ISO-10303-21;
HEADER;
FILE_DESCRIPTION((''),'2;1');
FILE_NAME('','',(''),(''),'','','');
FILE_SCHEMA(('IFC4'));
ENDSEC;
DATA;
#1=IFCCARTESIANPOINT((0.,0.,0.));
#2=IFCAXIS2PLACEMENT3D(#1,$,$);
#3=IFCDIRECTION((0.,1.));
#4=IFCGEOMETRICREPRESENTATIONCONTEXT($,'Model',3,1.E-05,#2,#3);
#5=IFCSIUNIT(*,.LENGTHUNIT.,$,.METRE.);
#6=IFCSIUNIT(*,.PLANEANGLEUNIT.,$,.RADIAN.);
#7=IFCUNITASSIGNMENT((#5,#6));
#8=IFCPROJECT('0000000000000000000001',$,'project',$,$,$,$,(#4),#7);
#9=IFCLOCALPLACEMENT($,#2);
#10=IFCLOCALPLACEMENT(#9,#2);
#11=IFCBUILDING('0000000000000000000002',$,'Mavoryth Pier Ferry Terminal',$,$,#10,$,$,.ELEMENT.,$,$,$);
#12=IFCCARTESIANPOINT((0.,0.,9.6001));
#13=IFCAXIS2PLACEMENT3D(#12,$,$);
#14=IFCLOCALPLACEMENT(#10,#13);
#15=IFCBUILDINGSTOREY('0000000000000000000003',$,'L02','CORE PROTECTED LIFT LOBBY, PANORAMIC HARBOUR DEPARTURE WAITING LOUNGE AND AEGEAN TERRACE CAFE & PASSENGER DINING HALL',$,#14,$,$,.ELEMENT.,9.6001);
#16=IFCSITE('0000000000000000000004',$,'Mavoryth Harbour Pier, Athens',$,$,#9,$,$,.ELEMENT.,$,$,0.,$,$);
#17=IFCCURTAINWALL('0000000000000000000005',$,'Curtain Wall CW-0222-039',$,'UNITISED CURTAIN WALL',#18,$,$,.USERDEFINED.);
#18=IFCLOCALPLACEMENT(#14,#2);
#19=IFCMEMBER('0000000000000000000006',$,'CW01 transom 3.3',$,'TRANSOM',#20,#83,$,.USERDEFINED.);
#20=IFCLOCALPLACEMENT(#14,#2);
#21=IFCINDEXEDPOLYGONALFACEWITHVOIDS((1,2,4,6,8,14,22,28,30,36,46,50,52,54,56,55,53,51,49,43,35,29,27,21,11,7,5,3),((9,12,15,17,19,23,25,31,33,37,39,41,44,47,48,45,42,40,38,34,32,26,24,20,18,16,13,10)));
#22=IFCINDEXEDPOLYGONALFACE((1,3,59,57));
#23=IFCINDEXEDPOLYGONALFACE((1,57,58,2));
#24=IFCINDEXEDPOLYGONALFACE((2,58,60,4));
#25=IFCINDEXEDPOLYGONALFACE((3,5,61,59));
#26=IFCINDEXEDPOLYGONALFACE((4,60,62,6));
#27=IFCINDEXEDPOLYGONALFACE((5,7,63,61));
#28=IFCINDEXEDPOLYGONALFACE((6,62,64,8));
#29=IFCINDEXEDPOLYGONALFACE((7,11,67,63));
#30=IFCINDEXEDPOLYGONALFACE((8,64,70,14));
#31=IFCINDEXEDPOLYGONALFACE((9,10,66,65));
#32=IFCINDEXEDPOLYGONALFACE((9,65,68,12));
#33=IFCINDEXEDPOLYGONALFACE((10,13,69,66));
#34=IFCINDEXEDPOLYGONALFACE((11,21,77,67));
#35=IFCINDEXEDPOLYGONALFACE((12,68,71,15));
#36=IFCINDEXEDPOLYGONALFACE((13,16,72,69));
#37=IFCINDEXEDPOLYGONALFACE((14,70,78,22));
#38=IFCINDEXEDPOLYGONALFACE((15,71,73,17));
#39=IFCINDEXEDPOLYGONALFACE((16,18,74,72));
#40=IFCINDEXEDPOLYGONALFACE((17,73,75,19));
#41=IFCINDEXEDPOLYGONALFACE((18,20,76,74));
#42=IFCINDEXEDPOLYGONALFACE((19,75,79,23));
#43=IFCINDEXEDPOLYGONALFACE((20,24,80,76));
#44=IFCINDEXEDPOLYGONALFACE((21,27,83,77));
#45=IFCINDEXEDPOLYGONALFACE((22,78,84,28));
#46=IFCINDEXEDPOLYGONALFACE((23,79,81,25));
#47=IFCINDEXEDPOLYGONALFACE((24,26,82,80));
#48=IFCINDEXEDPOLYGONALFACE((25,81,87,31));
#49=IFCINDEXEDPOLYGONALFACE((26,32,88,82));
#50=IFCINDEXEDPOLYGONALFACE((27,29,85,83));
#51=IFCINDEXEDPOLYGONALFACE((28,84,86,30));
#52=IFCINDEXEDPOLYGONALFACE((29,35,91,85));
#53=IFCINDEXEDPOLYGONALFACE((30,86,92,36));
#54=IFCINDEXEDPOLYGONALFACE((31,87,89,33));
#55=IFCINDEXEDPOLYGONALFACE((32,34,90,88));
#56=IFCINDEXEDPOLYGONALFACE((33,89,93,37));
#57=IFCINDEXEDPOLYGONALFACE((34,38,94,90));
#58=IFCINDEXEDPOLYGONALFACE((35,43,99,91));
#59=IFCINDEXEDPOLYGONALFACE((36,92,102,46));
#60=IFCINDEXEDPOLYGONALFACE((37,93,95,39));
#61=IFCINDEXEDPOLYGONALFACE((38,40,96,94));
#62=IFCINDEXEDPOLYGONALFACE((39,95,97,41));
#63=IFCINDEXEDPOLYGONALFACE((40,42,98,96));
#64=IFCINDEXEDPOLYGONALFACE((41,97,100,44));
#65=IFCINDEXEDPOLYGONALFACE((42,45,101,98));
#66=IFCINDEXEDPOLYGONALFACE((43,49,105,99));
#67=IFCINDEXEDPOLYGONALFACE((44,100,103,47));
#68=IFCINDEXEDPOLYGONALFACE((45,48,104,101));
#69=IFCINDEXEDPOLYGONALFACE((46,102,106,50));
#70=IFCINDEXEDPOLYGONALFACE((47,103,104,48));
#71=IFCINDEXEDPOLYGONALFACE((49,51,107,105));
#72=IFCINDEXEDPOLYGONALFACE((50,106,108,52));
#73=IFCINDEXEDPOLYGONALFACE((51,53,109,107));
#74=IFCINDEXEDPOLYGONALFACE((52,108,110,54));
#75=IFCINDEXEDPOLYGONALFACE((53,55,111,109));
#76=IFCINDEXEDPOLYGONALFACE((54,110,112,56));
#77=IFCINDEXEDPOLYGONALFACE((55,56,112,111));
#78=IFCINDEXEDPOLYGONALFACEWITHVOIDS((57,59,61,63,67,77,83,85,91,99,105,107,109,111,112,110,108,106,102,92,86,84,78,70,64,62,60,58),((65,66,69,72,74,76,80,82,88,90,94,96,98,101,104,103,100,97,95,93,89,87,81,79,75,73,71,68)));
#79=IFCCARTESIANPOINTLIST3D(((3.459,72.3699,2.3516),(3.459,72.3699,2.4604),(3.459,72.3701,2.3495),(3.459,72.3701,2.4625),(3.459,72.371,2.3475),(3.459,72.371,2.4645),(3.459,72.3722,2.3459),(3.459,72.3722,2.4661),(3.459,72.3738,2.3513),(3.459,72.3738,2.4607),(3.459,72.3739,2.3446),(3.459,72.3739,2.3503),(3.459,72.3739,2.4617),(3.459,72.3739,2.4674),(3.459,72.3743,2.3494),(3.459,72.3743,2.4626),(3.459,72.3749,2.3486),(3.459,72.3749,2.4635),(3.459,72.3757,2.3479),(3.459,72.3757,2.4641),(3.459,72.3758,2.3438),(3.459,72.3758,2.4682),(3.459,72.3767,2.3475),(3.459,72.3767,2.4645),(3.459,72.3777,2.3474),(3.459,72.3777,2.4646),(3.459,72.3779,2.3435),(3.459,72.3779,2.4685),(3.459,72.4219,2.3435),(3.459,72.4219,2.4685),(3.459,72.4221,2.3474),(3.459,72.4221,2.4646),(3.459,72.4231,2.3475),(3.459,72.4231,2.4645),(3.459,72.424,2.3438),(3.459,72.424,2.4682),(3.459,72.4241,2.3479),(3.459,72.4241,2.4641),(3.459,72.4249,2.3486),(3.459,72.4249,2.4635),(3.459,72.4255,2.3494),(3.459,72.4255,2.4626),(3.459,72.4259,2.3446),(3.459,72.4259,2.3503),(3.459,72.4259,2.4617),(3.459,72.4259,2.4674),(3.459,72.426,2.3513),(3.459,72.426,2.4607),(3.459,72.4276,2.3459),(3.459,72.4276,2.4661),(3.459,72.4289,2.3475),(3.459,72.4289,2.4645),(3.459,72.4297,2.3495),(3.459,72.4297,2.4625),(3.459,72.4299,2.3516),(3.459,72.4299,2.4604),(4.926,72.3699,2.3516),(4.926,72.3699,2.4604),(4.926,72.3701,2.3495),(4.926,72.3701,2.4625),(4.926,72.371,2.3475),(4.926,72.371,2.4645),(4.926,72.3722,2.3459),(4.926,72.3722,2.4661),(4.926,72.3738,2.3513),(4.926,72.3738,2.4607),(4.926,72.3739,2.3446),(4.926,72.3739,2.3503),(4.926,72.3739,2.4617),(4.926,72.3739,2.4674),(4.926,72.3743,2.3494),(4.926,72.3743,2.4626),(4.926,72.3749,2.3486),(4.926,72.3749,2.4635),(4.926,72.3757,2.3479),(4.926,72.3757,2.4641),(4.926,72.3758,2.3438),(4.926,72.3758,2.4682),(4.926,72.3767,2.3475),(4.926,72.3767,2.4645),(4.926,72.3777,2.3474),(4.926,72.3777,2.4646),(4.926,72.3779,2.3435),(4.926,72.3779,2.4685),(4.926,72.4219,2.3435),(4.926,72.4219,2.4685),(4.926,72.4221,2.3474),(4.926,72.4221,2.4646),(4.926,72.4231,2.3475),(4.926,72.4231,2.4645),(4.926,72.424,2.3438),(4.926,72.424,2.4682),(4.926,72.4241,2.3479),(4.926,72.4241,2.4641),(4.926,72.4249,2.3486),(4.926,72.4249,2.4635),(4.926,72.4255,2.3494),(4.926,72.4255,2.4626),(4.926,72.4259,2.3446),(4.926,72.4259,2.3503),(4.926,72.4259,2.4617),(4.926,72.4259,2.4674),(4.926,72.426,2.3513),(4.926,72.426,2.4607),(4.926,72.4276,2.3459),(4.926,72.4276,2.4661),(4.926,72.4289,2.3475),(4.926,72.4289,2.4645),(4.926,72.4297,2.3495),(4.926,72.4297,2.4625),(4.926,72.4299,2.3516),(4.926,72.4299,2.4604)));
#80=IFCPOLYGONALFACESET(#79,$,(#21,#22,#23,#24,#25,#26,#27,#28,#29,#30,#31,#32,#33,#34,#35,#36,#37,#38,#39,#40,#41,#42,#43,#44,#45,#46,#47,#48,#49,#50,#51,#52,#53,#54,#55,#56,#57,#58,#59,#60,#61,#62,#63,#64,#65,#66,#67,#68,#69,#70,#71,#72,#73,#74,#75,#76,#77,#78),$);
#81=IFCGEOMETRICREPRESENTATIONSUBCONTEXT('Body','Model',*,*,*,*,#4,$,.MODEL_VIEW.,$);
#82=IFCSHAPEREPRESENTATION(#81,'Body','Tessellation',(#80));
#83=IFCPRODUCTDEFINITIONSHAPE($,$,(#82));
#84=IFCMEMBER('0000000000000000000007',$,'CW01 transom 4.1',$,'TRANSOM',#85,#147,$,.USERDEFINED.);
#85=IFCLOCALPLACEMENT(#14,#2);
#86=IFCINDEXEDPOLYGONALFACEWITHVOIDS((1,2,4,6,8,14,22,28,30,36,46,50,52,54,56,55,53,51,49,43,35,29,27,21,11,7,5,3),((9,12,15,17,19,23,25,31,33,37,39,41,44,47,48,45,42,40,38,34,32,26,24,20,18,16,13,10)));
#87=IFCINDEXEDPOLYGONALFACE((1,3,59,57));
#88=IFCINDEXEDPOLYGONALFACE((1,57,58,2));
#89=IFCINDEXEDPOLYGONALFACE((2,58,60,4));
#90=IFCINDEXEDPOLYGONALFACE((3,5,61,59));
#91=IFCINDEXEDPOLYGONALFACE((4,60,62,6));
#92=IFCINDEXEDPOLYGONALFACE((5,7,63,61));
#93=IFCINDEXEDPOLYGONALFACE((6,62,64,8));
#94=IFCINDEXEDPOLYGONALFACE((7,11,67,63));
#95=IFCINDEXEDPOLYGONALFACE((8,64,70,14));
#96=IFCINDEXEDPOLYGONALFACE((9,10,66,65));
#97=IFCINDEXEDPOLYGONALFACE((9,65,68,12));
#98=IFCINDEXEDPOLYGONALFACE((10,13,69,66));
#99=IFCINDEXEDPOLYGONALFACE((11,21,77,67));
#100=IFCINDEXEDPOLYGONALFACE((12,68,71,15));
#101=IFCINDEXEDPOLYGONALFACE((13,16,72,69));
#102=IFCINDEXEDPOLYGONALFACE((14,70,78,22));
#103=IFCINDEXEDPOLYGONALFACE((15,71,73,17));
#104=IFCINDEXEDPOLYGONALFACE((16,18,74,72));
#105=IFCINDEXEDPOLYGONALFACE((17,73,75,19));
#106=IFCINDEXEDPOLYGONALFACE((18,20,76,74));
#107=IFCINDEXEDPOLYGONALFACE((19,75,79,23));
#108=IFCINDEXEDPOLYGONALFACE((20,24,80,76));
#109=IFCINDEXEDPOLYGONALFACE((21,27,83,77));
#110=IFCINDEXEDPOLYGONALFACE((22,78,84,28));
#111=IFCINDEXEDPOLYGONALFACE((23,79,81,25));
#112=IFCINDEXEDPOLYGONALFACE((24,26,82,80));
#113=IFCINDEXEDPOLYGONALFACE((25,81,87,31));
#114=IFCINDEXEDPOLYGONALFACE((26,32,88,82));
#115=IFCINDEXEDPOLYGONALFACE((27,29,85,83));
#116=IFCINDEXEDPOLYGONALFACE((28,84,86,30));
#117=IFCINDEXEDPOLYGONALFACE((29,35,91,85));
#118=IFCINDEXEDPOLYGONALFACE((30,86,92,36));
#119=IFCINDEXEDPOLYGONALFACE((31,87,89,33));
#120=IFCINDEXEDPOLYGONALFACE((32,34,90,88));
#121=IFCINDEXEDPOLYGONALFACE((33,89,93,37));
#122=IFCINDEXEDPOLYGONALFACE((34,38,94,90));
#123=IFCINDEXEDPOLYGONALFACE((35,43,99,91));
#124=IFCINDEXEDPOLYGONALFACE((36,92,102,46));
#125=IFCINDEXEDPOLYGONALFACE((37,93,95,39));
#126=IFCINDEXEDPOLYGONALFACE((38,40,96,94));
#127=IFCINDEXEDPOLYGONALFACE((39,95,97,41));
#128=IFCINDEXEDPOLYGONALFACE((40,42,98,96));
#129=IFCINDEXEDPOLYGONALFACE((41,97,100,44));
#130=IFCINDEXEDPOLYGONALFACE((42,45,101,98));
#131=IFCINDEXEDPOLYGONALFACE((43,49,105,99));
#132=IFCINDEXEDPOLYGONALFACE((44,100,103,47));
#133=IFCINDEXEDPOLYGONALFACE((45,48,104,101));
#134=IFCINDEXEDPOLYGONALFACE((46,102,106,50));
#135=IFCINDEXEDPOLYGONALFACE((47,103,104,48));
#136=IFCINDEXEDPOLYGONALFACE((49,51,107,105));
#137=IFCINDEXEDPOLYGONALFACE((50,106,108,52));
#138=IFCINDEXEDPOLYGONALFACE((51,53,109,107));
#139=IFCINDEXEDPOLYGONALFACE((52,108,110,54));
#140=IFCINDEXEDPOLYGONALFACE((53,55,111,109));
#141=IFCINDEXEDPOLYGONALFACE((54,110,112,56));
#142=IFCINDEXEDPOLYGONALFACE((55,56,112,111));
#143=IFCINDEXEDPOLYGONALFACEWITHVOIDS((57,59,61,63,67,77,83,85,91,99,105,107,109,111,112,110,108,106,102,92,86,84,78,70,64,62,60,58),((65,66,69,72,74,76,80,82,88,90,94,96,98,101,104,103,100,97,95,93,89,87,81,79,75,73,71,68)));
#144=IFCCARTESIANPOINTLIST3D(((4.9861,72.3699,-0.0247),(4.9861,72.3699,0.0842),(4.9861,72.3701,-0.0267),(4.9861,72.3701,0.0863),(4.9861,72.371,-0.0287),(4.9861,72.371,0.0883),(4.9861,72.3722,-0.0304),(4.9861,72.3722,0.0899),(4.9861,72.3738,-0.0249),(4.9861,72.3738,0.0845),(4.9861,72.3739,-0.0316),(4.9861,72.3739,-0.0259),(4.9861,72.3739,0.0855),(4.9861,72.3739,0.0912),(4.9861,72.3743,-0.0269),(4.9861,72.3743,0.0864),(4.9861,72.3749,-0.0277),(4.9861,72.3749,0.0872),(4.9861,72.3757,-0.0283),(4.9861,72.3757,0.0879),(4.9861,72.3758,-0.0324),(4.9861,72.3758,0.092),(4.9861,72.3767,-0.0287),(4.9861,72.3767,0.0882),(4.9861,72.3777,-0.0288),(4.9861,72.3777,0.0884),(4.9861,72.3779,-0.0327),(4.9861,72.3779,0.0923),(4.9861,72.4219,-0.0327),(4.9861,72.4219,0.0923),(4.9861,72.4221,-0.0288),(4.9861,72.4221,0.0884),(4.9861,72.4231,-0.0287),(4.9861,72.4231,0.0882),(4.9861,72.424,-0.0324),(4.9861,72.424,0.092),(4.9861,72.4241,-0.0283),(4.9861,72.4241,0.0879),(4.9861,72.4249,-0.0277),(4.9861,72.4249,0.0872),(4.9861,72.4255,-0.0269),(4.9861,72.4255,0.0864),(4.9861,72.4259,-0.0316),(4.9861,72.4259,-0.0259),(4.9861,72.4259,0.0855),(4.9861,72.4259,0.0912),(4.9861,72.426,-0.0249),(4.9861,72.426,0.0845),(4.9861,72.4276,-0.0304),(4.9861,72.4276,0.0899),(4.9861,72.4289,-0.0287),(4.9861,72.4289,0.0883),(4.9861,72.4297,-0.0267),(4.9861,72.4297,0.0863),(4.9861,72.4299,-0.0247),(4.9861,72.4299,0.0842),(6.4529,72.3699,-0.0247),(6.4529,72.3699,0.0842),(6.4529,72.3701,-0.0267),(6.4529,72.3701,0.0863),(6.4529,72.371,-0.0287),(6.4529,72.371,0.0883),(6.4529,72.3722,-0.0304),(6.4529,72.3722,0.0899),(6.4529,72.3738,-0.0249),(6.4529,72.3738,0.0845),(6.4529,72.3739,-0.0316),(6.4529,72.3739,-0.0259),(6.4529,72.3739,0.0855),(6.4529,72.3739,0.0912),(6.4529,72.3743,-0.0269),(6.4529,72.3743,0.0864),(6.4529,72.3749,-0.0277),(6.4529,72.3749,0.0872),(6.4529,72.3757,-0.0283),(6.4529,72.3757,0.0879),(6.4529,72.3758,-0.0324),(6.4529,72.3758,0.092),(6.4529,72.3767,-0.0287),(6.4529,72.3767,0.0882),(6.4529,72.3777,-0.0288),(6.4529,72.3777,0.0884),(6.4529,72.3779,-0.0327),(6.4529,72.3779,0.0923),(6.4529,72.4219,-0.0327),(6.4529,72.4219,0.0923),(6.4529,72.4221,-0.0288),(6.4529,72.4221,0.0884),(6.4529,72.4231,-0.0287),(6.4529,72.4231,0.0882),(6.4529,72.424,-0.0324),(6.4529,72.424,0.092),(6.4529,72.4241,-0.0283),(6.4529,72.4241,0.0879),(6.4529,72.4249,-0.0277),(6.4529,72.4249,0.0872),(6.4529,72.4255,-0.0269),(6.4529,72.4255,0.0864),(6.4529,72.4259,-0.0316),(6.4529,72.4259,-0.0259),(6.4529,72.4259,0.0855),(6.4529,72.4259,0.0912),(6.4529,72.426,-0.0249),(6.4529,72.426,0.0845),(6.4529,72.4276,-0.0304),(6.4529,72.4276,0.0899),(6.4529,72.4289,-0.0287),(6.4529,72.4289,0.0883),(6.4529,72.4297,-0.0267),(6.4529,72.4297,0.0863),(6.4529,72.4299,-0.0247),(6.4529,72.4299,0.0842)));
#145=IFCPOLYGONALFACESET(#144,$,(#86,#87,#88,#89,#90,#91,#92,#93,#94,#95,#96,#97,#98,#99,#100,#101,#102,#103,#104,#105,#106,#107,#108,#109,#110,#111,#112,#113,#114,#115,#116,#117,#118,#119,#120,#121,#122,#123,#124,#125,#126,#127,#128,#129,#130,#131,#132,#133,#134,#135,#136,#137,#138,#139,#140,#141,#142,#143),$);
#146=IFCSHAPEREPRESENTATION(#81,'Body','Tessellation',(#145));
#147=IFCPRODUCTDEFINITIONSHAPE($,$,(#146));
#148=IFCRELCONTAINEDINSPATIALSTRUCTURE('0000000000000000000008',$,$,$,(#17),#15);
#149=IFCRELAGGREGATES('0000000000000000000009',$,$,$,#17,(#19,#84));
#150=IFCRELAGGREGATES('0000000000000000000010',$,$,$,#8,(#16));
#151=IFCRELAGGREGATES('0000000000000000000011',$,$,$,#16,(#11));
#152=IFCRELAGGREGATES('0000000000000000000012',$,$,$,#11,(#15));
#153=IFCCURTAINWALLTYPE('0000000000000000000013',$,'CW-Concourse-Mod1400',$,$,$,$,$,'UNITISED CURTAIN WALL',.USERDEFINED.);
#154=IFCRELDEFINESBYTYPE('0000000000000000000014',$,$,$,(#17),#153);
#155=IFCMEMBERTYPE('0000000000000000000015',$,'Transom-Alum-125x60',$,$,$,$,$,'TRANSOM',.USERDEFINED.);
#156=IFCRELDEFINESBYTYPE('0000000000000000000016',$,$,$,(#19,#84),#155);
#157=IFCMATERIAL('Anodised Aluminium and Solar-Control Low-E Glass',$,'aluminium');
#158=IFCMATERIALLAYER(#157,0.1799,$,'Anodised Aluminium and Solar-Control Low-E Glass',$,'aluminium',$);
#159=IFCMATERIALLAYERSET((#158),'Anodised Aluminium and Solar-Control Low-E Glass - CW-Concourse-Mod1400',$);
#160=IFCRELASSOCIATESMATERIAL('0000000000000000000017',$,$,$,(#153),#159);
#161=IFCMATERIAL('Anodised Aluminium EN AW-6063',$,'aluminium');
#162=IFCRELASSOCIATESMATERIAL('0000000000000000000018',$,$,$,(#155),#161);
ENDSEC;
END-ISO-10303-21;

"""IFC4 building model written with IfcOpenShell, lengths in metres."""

from ifc_helpers import new_model, si_unit, direction, frame, origin, origin_2d, place, context, subcontext, project, spatial, hollow_rectangle, extrude, material, layer, layer_set, material_profile, profile_set, type_object, element, aggregate, save


model = new_model("IFC4")

# Units and contexts
model_context = context("Model", 3, precision=1e-05, world=origin(), true_north=direction((0.0, 1.0)))
body_context = subcontext(model_context, "Body", "Model", "MODEL_VIEW")
ifc_project = project(units=[si_unit("LENGTHUNIT", "METRE"), si_unit("PLANEANGLEUNIT", "RADIAN")], contexts=[model_context])

# Site, building, storey
site_placement = place(None, origin())
site = spatial("IfcSite", under=ifc_project, at=site_placement, Name="Mavoryth Harbour Pier, Athens", CompositionType="ELEMENT", RefElevation=0.0)
building_placement = place(site_placement, origin())
building = spatial("IfcBuilding", under=site, at=building_placement, Name="Mavoryth Pier Ferry Terminal", CompositionType="ELEMENT")
storey_placement = place(building_placement, frame((0.0, 0.0, 9.6001)))
storey = spatial("IfcBuildingStorey", under=building, at=storey_placement, Name="L02", Description="CORE PROTECTED LIFT LOBBY, PANORAMIC HARBOUR DEPARTURE WAITING LOUNGE AND AEGEAN TERRACE CAFE & PASSENGER DINING HALL", CompositionType="ELEMENT", Elevation=9.6001)

# Curtain wall
ifc_material_1 = material(Name="Anodised Aluminium and Solar-Control Low-E Glass", Category="aluminium")
ifc_layer_1 = layer(ifc_material_1, 0.1799, Name="Anodised Aluminium and Solar-Control Low-E Glass", Category="aluminium")
ifc_layer_set_1 = layer_set([ifc_layer_1], Name="Anodised Aluminium and Solar-Control Low-E Glass - CW-Concourse-Mod1400")
curtain_wall_type = type_object("IfcCurtainWallType", Name="CW-Concourse-Mod1400", ElementType="UNITISED CURTAIN WALL", PredefinedType="USERDEFINED", material=ifc_layer_set_1)
curtain_wall_placement = place(storey_placement, origin())
curtain_wall = element("IfcCurtainWall", 1, at=curtain_wall_placement, inside=storey, type_object=curtain_wall_type, Name="Curtain Wall CW-0222-039", ObjectType="UNITISED CURTAIN WALL", PredefinedType="USERDEFINED")
ifc_material_2 = material(Name="Anodised Aluminium EN AW-6063", Category="aluminium")

# Members
ifc_material_profile_1 = material_profile(ifc_material_2, hollow_rectangle(XDim=0.0601, YDim=0.125, WallThickness=0.0039, InnerFilletRadius=0.0039, OuterFilletRadius=0.0081, at=origin_2d()), Name="AL-TRAN 125x60x4", Category="aluminium")
ifc_profile_set_1 = profile_set([ifc_material_profile_1], Name="Anodised Aluminium EN AW-6063 - AL-TRAN 125x60x4")
member_type_1 = type_object("IfcMemberType", Name="Transom-Alum-125x60", ElementType="TRANSOM", PredefinedType="USERDEFINED", material=ifc_profile_set_1)
member_1_placement = place(storey_placement, frame((3.459, 72.3999, 2.406), z_axis=(1.0, 0.0, 0.0), x_axis=(0.0, 1.0, 0.0)))
member_1 = element("IfcMember", 2, at=member_1_placement, type_object=member_type_1, Name="CW01 transom 3.3", ObjectType="TRANSOM", PredefinedType="USERDEFINED", context=body_context, shape_type="SweptSolid", body=[
    extrude(hollow_rectangle(XDim=0.0601, YDim=0.125, WallThickness=0.0039, InnerFilletRadius=0.0039, OuterFilletRadius=0.0081, at=origin_2d()), origin(), (0.0, 0.0, 1.0), 1.467),
])
member_2_placement = place(storey_placement, frame((4.9861, 72.3999, 0.0298), z_axis=(1.0, 0.0, 0.0), x_axis=(0.0, 1.0, 0.0)))
member_2 = element("IfcMember", 3, at=member_2_placement, type_object=member_type_1, Name="CW01 transom 4.1", ObjectType="TRANSOM", PredefinedType="USERDEFINED", context=body_context, shape_type="SweptSolid", body=[
    extrude(hollow_rectangle(XDim=0.0601, YDim=0.125, WallThickness=0.0039, InnerFilletRadius=0.0039, OuterFilletRadius=0.0081, at=origin_2d()), origin(), (0.0, 0.0, 1.0), 1.4668),
])

aggregate(curtain_wall, [member_1, member_2])

save(model, "model.ifc")
